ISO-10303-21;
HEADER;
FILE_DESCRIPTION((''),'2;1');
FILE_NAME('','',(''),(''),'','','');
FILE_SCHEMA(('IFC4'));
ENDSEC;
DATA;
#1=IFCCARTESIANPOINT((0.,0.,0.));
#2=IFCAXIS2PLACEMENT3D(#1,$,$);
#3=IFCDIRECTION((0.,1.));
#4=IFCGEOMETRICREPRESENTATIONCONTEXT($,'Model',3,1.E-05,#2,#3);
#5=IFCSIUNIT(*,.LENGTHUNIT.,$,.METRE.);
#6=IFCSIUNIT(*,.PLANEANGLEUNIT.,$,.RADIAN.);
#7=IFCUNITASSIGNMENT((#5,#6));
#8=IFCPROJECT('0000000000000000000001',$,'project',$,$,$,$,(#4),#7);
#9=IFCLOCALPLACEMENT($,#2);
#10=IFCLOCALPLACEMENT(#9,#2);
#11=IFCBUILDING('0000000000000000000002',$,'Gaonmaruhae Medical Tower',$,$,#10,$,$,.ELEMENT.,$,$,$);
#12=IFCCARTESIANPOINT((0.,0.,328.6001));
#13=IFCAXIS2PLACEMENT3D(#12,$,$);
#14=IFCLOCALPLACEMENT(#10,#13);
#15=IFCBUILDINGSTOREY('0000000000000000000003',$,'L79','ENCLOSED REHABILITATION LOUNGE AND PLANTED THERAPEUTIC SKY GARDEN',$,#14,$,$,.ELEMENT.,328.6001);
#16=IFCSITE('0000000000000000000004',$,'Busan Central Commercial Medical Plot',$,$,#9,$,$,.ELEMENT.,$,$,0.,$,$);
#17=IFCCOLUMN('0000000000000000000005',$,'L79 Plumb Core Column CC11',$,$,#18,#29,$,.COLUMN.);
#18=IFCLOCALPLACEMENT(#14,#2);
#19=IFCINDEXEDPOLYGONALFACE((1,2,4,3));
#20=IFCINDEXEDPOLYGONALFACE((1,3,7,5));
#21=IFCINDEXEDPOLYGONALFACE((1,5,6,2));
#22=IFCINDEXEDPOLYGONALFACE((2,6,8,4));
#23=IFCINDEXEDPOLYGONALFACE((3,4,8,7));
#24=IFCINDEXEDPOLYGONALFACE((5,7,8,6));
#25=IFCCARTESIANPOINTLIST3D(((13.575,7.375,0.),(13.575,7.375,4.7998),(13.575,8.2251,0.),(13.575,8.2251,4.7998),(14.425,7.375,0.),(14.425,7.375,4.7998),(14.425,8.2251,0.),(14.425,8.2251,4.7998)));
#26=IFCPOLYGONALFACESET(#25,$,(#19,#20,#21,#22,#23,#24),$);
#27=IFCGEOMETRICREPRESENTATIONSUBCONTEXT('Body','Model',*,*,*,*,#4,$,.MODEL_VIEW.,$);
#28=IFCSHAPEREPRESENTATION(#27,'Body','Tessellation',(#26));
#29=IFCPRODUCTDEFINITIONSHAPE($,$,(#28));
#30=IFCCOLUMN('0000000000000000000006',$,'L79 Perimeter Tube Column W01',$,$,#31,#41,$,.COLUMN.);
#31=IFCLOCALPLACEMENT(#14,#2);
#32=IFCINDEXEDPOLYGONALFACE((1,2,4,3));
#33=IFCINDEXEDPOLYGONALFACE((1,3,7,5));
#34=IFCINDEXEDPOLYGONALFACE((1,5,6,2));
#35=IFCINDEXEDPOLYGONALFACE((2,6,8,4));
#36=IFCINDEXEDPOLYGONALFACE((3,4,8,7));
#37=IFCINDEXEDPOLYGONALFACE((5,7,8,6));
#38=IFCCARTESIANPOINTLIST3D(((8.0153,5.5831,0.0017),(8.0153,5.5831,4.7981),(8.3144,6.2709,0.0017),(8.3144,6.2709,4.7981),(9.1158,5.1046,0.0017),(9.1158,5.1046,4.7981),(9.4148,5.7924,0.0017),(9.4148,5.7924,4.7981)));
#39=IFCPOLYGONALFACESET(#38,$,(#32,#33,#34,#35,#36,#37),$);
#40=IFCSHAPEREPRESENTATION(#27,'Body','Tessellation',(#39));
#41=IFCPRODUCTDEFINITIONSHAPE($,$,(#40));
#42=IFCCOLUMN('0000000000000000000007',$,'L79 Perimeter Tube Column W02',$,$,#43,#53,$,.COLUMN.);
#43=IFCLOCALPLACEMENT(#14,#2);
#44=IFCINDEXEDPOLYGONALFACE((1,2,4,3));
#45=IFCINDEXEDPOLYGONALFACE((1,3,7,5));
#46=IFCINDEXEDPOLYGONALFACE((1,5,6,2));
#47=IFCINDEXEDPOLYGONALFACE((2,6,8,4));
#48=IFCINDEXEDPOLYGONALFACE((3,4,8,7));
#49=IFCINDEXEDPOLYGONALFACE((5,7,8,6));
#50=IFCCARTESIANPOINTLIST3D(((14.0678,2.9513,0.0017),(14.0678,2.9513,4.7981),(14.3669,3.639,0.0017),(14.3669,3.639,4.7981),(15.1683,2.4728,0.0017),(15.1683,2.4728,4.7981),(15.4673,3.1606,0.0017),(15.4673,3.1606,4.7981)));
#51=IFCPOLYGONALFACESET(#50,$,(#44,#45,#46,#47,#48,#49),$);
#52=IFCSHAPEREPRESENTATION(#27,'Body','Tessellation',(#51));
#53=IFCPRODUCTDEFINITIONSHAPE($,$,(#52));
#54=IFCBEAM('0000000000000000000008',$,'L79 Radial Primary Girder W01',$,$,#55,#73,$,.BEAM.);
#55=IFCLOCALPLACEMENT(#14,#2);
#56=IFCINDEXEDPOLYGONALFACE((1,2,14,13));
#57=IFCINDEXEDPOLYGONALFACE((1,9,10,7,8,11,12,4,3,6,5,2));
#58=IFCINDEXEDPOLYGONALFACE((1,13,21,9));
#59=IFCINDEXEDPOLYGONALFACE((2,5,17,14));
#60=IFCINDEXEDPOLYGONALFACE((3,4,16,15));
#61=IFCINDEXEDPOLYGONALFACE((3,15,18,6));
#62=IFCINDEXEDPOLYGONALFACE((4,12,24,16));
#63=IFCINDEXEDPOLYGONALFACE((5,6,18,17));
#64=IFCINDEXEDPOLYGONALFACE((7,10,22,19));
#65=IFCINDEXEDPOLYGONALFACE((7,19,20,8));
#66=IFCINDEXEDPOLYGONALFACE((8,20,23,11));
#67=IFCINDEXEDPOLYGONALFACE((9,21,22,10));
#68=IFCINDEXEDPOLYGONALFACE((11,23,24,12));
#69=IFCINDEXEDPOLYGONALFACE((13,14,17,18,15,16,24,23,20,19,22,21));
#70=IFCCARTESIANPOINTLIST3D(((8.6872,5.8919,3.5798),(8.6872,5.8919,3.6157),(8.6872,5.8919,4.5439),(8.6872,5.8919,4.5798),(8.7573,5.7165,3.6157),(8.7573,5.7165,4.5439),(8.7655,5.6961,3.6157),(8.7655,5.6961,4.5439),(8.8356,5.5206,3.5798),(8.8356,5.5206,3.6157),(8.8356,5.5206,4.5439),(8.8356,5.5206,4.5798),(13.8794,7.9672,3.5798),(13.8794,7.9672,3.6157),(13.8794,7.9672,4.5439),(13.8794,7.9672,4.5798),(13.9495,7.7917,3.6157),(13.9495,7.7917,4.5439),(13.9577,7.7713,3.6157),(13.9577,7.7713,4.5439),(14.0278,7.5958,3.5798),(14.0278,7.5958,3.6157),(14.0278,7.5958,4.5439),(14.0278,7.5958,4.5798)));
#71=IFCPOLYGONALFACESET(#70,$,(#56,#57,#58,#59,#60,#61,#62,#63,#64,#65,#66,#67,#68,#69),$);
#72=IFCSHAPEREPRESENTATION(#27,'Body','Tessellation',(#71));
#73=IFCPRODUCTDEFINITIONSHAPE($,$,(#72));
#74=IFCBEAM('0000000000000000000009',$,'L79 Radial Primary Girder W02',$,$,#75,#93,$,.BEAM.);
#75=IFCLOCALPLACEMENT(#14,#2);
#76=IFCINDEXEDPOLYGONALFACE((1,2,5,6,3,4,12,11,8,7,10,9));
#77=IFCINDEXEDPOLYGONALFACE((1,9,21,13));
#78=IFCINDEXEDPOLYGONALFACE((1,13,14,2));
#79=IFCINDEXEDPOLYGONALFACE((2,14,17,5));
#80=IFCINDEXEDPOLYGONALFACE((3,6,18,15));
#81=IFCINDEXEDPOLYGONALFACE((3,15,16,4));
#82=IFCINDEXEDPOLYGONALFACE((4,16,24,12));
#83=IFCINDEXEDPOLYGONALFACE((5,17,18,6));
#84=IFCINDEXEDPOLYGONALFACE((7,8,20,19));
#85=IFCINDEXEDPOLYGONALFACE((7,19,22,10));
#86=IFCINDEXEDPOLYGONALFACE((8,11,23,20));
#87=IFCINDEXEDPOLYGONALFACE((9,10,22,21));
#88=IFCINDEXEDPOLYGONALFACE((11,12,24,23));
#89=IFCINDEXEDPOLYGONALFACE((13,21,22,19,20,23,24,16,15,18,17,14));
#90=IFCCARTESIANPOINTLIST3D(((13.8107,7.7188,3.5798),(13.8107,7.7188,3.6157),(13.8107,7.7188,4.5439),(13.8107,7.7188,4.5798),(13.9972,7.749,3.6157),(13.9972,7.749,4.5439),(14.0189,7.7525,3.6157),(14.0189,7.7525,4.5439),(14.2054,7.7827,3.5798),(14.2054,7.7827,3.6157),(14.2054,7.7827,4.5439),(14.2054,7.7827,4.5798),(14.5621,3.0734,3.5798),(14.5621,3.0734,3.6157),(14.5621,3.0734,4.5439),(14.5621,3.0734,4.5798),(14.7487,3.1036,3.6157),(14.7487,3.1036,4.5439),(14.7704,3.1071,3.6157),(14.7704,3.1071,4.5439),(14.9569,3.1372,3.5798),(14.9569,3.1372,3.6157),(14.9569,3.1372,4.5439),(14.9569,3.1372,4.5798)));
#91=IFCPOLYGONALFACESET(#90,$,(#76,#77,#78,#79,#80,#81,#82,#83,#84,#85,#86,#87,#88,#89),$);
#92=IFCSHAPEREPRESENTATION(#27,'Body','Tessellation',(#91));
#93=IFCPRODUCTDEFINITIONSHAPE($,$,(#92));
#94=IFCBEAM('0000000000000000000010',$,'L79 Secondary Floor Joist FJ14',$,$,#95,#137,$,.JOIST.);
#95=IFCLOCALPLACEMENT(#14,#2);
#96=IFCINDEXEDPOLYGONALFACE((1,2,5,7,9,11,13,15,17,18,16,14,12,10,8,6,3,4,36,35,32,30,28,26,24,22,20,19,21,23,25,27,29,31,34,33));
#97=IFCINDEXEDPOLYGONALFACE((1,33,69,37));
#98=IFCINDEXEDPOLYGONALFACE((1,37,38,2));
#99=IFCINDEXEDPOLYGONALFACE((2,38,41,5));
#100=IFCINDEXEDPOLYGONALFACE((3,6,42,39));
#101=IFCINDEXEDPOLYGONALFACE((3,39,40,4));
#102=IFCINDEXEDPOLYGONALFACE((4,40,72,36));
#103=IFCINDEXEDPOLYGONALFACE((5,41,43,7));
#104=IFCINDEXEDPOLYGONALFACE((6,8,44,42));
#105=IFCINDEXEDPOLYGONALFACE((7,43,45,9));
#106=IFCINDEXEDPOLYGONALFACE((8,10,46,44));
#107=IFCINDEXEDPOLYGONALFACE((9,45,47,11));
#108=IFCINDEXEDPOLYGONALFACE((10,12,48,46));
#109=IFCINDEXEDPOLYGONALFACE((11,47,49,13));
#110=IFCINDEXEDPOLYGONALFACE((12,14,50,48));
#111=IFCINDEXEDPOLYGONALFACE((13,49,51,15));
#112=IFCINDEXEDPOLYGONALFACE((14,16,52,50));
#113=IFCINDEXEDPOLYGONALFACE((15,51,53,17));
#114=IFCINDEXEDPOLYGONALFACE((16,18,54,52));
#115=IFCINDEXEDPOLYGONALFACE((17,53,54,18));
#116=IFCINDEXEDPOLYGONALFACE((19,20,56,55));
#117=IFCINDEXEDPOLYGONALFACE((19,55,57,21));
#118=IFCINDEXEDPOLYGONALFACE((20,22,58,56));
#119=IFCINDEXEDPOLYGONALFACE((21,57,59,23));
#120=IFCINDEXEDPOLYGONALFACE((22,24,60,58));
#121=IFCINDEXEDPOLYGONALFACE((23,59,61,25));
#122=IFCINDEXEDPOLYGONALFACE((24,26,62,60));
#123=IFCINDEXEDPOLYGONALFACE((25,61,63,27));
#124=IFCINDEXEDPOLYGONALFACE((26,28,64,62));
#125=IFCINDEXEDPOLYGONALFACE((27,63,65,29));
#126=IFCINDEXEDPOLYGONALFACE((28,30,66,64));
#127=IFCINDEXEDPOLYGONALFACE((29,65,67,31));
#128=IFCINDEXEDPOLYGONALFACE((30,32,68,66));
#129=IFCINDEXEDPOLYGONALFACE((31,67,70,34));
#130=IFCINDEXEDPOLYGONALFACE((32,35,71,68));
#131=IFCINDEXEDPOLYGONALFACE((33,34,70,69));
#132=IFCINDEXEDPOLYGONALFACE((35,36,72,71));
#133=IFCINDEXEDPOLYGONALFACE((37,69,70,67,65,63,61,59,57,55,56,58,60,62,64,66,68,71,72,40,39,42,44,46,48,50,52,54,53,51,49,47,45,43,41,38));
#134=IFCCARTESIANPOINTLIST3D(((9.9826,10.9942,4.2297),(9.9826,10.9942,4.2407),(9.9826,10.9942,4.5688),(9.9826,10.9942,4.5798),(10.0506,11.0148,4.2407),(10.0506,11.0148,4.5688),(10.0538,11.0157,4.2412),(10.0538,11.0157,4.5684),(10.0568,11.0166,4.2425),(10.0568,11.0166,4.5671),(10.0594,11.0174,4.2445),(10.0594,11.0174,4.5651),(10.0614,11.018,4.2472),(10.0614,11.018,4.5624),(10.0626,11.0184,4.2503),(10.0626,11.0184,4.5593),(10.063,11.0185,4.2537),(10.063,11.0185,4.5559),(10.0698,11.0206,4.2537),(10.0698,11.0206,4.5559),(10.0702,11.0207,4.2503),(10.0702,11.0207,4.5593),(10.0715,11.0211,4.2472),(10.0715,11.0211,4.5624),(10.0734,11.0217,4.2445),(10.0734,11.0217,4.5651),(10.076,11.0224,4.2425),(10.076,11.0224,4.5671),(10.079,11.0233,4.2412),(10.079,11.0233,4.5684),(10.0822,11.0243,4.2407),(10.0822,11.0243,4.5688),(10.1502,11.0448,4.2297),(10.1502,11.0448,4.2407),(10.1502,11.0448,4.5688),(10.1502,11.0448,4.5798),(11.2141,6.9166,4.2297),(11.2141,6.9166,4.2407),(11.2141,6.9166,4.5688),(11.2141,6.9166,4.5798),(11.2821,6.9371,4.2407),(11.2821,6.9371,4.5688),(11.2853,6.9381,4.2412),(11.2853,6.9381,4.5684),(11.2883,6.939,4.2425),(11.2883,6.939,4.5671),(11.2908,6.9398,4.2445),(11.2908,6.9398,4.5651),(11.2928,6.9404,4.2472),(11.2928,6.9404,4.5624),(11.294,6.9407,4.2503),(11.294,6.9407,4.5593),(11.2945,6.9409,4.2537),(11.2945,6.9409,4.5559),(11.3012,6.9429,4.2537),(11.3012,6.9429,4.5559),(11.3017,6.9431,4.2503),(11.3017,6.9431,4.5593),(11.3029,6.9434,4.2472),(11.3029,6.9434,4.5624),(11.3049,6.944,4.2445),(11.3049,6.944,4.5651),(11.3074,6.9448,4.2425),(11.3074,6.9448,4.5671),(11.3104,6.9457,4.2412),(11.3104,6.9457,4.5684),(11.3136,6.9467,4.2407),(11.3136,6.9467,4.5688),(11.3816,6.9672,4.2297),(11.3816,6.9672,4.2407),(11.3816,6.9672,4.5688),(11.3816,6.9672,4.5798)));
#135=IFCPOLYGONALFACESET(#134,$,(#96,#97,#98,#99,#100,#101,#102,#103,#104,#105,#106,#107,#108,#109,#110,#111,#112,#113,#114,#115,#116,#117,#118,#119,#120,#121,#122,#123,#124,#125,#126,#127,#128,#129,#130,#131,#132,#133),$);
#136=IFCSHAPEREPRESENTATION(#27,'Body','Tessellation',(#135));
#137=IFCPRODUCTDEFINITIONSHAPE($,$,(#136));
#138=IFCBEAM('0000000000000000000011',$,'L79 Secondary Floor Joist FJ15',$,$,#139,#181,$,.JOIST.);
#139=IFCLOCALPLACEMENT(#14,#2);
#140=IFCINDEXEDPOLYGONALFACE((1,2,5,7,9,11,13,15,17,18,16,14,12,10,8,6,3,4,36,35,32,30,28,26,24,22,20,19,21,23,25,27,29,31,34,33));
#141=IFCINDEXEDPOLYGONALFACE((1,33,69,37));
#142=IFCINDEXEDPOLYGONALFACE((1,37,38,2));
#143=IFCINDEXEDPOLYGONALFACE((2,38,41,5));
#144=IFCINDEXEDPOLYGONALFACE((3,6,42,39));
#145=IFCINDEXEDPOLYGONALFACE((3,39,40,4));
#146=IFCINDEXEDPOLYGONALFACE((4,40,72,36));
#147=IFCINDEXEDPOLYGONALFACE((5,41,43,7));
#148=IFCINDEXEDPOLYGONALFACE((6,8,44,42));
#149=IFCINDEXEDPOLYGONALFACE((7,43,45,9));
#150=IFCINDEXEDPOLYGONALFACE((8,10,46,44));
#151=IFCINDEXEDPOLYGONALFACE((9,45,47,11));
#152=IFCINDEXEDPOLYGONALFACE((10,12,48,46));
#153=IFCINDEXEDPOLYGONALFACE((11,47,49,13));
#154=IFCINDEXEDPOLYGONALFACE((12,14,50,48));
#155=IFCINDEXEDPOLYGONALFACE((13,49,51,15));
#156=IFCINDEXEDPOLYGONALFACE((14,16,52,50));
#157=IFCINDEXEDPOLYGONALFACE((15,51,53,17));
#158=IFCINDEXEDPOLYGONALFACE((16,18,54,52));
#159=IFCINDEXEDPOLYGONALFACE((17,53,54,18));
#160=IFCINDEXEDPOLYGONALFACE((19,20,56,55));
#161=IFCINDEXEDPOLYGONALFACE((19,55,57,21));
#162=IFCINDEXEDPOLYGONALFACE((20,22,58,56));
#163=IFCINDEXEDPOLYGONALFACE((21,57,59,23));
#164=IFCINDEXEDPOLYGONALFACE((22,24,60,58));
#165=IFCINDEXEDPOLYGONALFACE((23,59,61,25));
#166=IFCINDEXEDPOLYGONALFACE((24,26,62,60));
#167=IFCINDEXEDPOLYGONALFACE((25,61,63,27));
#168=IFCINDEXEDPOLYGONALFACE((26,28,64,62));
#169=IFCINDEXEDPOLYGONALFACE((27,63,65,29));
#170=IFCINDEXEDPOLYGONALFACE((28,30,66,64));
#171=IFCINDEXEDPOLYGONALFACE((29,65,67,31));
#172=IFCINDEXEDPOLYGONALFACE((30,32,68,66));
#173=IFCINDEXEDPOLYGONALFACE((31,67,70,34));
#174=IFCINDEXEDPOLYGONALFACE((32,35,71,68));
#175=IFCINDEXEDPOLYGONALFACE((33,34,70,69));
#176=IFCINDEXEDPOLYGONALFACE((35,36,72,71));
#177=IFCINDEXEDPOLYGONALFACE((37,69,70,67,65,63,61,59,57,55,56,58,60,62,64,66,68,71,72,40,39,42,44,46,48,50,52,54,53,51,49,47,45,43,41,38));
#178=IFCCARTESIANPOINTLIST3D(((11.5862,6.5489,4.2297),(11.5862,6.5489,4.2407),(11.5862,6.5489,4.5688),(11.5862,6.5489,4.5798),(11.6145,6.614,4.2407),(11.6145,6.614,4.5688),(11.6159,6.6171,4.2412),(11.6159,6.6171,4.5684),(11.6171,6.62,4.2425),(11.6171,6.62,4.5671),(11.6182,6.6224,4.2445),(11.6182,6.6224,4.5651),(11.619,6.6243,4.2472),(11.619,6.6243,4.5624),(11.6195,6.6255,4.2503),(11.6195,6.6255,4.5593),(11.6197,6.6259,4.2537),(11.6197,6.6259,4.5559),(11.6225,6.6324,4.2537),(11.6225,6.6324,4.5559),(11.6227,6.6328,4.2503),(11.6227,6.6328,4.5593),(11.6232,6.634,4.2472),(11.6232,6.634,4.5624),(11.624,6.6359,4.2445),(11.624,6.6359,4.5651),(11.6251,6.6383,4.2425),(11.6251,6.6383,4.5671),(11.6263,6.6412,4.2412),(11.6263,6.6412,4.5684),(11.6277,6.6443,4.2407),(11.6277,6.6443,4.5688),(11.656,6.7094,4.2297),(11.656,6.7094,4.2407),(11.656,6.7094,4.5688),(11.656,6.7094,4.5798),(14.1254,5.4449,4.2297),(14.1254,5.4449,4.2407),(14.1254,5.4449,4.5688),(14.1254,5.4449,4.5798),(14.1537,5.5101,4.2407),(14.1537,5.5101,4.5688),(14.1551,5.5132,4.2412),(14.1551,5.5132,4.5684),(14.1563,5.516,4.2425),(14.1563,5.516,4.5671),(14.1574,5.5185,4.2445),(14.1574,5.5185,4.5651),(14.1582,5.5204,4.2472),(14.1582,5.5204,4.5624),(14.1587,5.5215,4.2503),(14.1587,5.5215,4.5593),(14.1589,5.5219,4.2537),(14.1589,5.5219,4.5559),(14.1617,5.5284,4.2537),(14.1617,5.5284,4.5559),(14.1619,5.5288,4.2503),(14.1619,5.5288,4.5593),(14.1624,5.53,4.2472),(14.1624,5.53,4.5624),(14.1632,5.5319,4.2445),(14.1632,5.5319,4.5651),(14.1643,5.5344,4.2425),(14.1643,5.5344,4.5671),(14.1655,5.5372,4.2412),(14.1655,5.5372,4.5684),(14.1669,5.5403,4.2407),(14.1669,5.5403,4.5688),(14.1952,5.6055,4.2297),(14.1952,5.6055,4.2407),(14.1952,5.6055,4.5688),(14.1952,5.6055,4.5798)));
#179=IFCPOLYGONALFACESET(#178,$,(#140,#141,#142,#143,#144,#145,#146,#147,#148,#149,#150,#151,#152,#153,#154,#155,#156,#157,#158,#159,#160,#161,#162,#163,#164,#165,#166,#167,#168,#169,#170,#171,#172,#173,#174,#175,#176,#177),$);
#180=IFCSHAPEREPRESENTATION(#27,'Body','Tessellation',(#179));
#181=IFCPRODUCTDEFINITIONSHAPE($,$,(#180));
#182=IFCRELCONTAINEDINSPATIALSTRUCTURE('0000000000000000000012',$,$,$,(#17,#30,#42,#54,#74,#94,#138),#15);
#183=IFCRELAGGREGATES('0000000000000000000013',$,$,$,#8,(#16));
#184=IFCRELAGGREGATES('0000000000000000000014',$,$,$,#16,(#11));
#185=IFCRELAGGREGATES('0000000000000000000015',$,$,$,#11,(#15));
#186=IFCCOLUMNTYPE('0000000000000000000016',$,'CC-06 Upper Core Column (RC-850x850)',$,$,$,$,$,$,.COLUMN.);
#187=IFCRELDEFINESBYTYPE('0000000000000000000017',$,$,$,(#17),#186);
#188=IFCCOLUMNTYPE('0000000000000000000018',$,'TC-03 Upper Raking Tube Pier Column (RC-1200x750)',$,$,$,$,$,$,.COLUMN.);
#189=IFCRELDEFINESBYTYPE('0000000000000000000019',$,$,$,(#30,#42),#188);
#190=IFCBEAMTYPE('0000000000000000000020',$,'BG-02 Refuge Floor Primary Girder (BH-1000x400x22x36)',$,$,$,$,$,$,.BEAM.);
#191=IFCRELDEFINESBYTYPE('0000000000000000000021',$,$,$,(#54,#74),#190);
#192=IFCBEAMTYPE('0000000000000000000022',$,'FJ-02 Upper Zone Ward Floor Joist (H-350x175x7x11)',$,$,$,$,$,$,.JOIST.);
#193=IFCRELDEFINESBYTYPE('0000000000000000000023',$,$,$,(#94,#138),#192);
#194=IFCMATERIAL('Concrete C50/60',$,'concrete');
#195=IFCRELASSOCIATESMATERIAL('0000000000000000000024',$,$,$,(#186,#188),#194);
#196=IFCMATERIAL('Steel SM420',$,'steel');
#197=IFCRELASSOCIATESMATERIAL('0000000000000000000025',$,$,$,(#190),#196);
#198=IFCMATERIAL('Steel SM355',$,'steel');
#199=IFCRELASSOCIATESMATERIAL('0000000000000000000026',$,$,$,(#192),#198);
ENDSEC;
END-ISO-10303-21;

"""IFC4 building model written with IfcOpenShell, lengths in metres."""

from ifc_helpers import new_model, si_unit, direction, frame, origin, origin_2d, place, context, subcontext, project, spatial, rectangle, i_section, extrude, material, material_profile, profile_set, type_object, element, save


model = new_model("IFC4")

# Units and contexts
model_context = context("Model", 3, precision=1e-05, world=origin(), true_north=direction((0.0, 1.0)))
body_context = subcontext(model_context, "Body", "Model", "MODEL_VIEW")
ifc_project = project(units=[si_unit("LENGTHUNIT", "METRE"), si_unit("PLANEANGLEUNIT", "RADIAN")], contexts=[model_context])

# Site, building, storey
site_placement = place(None, origin())
site = spatial("IfcSite", under=ifc_project, at=site_placement, Name="Busan Central Commercial Medical Plot", CompositionType="ELEMENT", RefElevation=0.0)
building_placement = place(site_placement, origin())
building = spatial("IfcBuilding", under=site, at=building_placement, Name="Gaonmaruhae Medical Tower", CompositionType="ELEMENT")
storey_placement = place(building_placement, frame((0.0, 0.0, 328.6001)))
storey = spatial("IfcBuildingStorey", under=building, at=storey_placement, Name="L79", Description="ENCLOSED REHABILITATION LOUNGE AND PLANTED THERAPEUTIC SKY GARDEN", CompositionType="ELEMENT", Elevation=328.6001)

# Columns
ifc_material_1 = material(Name="Concrete C50/60", Category="concrete")
ifc_material_profile_1 = material_profile(ifc_material_1, rectangle(XDim=0.8501, YDim=0.8501, at=origin_2d()), Name="RC-850x850")
ifc_profile_set_1 = profile_set([ifc_material_profile_1], Name="Concrete C50/60")
column_type_1 = type_object("IfcColumnType", Name="CC-06 Upper Core Column (RC-850x850)", PredefinedType="COLUMN", material=ifc_profile_set_1)
column_placement = place(storey_placement, frame((14.0, 7.8, 0.0), z_axis=(0.0, 0.0, 1.0), x_axis=(1.0, 0.0, 0.0)))
element("IfcColumn", 1, at=column_placement, inside=storey, type_object=column_type_1, Name="L79 Plumb Core Column CC11", PredefinedType="COLUMN", context=body_context, shape_type="SweptSolid", body=[
    extrude(rectangle(XDim=0.8501, YDim=0.8501, at=origin_2d()), origin(), (0.0, 0.0, 1.0), 4.7998),
])
ifc_material_profile_2 = material_profile(ifc_material_1, rectangle(XDim=1.2, YDim=0.75, at=origin_2d()), Name="RC-1200x750")
ifc_profile_set_2 = profile_set([ifc_material_profile_2], Name="Concrete C50/60")
column_type_2 = type_object("IfcColumnType", Name="TC-03 Upper Raking Tube Pier Column (RC-1200x750)", PredefinedType="COLUMN", material=ifc_profile_set_2)
for number, where, z_axis, x_axis, name in (
    (2, (8.7151, 5.6877, 0.0017), (0.0, 0.0, 1.0), (-0.91706, 0.398749, 0.0), "L79 Perimeter Tube Column W01"),
    (3, (14.7676, 3.0559, 0.0017), (0.0, 0.0, 1.0), (-0.91706, 0.398749, 0.0), "L79 Perimeter Tube Column W02"),
):
    element("IfcColumn", number, at=place(storey_placement, frame(where, z_axis=z_axis, x_axis=x_axis)), inside=storey, type_object=column_type_2, Name=name, PredefinedType="COLUMN", context=body_context, shape_type="SweptSolid", body=[
        extrude(rectangle(XDim=1.2, YDim=0.75, at=origin_2d()), origin(), (0.0, 0.0, 1.0), 4.7964),
    ])

# Beams
ifc_material_2 = material(Name="Steel SM420", Category="steel")
ifc_material_profile_3 = material_profile(ifc_material_2, i_section(OverallWidth=0.3999, OverallDepth=1.0, WebThickness=0.022, FlangeThickness=0.0359, at=origin_2d()), Name="BH-1000x400x22x36")
ifc_profile_set_3 = profile_set([ifc_material_profile_3], Name="Steel SM420")
beam_type_1 = type_object("IfcBeamType", Name="BG-02 Refuge Floor Primary Girder (BH-1000x400x22x36)", PredefinedType="BEAM", material=ifc_profile_set_3)
beam_1_placement = place(storey_placement, frame((13.9536, 7.7815, 4.0798), z_axis=(-0.928579, -0.371135, 0.0), x_axis=(0.371135, -0.928579, 0.0)))
element("IfcBeam", 4, at=beam_1_placement, inside=storey, type_object=beam_type_1, Name="L79 Radial Primary Girder W01", PredefinedType="BEAM", context=body_context, shape_type="SweptSolid", body=[
    extrude(i_section(OverallWidth=0.3999, OverallDepth=1.0, WebThickness=0.022, FlangeThickness=0.0359, at=origin_2d()), origin(), (0.0, 0.0, 1.0), 5.5916),
])
beam_2_placement = place(storey_placement, frame((14.0081, 7.7507, 4.0798), z_axis=(0.159686, -0.987168, 0.0), x_axis=(0.987168, 0.159686, 0.0)))
element("IfcBeam", 5, at=beam_2_placement, inside=storey, type_object=beam_type_1, Name="L79 Radial Primary Girder W02", PredefinedType="BEAM", context=body_context, shape_type="SweptSolid", body=[
    extrude(i_section(OverallWidth=0.3999, OverallDepth=1.0, WebThickness=0.022, FlangeThickness=0.0359, at=origin_2d()), origin(), (0.0, 0.0, 1.0), 4.7058),
])
ifc_material_3 = material(Name="Steel SM355", Category="steel")
ifc_material_profile_4 = material_profile(ifc_material_3, i_section(OverallWidth=0.175, OverallDepth=0.3501, WebThickness=0.0071, FlangeThickness=0.011, FilletRadius=0.0129, at=origin_2d()), Name="H-350x175x7x11")
ifc_profile_set_4 = profile_set([ifc_material_profile_4], Name="Steel SM355")
beam_type_2 = type_object("IfcBeamType", Name="FJ-02 Upper Zone Ward Floor Joist (H-350x175x7x11)", PredefinedType="JOIST", material=ifc_profile_set_4)
beam_3_placement = place(storey_placement, frame((10.0664, 11.0195, 4.4048), z_axis=(0.289104, -0.957298, 0.0), x_axis=(0.957298, 0.289104, 0.0)))
element("IfcBeam", 6, at=beam_3_placement, inside=storey, type_object=beam_type_2, Name="L79 Secondary Floor Joist FJ14", PredefinedType="JOIST", context=body_context, shape_type="SweptSolid", body=[
    extrude(i_section(OverallWidth=0.175, OverallDepth=0.3501, WebThickness=0.0071, FlangeThickness=0.011, FilletRadius=0.0129, at=origin_2d()), origin(), (0.0, 0.0, 1.0), 4.2595),
])
beam_4_placement = place(storey_placement, frame((11.6211, 6.6292, 4.4048), z_axis=(0.917076, -0.398713, 0.0), x_axis=(0.398713, 0.917076, 0.0)))
element("IfcBeam", 7, at=beam_4_placement, inside=storey, type_object=beam_type_2, Name="L79 Secondary Floor Joist FJ15", PredefinedType="JOIST", context=body_context, shape_type="SweptSolid", body=[
    extrude(i_section(OverallWidth=0.175, OverallDepth=0.3501, WebThickness=0.0071, FlangeThickness=0.011, FilletRadius=0.0129, at=origin_2d()), origin(), (0.0, 0.0, 1.0), 2.7688),
])

save(model, "model.ifc")
